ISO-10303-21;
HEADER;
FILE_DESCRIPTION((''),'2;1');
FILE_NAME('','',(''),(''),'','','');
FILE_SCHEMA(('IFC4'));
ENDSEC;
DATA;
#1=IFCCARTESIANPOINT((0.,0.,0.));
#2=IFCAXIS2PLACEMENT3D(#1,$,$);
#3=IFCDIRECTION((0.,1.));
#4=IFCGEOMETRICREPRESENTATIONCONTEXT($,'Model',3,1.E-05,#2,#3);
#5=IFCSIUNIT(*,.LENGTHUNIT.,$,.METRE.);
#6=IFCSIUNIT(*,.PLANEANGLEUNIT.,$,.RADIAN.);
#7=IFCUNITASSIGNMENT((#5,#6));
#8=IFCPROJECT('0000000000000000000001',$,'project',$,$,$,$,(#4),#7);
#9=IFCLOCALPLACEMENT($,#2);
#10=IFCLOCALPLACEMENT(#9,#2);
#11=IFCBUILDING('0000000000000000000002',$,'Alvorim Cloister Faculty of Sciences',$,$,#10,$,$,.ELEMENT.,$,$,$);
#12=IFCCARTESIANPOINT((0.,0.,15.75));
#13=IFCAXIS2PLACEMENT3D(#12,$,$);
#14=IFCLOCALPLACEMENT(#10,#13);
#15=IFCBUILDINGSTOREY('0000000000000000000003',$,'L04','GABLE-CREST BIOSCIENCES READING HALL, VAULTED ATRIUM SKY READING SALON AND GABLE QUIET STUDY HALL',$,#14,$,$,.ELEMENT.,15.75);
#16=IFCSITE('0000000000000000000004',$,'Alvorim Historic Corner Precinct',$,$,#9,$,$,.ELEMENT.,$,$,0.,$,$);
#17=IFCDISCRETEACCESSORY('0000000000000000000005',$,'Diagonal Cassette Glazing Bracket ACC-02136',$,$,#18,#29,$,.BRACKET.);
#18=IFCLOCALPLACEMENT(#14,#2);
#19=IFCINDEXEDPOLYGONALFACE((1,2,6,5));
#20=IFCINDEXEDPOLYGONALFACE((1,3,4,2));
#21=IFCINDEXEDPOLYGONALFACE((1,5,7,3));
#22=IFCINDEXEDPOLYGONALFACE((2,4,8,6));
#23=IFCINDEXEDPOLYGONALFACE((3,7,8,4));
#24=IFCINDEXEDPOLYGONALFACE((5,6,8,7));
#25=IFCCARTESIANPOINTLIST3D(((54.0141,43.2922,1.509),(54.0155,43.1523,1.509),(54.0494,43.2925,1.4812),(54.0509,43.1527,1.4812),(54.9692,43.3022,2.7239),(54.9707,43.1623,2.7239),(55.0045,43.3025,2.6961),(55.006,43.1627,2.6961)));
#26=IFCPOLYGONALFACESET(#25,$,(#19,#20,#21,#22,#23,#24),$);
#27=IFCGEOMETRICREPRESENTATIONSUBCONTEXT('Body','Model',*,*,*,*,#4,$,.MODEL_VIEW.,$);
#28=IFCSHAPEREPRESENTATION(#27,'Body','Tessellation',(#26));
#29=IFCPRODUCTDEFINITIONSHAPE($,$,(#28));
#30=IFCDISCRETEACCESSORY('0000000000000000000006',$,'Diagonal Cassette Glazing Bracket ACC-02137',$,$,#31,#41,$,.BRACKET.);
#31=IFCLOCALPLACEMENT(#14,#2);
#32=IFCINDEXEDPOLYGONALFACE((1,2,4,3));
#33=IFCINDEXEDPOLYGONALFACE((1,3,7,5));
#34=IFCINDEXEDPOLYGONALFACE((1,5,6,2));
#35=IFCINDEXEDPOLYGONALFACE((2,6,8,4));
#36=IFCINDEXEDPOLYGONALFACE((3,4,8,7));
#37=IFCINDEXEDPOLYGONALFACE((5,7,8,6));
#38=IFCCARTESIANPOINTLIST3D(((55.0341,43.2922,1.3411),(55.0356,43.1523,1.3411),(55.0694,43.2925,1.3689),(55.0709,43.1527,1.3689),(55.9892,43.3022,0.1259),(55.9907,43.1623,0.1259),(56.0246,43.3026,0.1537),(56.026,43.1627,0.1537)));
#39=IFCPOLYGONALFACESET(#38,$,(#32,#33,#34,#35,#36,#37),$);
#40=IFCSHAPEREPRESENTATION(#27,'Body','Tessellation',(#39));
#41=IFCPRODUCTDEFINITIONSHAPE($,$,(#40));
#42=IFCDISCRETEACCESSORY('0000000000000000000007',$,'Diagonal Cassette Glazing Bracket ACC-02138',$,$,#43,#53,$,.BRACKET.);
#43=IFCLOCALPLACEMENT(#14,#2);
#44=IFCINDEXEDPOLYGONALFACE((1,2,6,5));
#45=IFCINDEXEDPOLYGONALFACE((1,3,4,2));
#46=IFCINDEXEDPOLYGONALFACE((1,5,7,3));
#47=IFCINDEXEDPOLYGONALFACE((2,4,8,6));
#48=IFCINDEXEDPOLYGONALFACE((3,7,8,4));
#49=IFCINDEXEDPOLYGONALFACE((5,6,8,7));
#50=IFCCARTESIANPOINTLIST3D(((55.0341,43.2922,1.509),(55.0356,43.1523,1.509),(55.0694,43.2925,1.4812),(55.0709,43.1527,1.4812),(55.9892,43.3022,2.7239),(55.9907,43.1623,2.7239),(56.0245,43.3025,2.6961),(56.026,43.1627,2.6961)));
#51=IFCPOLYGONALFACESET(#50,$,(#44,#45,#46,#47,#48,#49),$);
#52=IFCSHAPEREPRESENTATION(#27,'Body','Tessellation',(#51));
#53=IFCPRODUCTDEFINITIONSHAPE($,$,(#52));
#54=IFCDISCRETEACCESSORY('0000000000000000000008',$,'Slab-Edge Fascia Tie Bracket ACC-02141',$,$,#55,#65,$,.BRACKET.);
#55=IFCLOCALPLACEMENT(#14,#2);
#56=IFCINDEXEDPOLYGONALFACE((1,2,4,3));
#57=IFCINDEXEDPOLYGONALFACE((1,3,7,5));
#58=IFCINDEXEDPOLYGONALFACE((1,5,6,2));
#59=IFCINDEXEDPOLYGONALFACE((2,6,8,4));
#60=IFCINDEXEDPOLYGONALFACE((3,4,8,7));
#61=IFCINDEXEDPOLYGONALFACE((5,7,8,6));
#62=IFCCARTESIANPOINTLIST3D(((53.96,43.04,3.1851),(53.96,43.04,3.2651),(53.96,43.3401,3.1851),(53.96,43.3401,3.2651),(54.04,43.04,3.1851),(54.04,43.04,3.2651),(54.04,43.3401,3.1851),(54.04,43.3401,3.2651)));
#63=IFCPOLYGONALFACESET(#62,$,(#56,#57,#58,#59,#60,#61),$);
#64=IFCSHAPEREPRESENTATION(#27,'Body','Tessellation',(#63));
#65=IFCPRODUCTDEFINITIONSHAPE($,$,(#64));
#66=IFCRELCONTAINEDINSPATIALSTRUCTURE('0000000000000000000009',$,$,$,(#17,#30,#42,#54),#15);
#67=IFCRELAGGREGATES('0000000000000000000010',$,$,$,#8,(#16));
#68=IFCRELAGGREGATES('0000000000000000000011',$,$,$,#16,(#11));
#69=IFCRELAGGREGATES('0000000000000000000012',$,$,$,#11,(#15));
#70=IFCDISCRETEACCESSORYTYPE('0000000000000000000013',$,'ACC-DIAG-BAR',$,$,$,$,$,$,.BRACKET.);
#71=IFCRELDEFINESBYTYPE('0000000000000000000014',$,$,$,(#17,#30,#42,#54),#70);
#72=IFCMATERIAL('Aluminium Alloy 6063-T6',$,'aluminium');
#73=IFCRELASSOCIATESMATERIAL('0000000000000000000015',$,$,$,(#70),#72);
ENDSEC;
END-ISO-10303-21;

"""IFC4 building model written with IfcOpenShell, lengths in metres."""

from ifc_helpers import new_model, si_unit, direction, frame, origin, origin_2d, place, context, subcontext, project, spatial, rectangle, extrude, material, type_object, element, save


model = new_model("IFC4")

# Units and contexts
model_context = context("Model", 3, precision=1e-05, world=origin(), true_north=direction((0.0, 1.0)))
body_context = subcontext(model_context, "Body", "Model", "MODEL_VIEW")
ifc_project = project(units=[si_unit("LENGTHUNIT", "METRE"), si_unit("PLANEANGLEUNIT", "RADIAN")], contexts=[model_context])

# Site, building, storey
site_placement = place(None, origin())
site = spatial("IfcSite", under=ifc_project, at=site_placement, Name="Alvorim Historic Corner Precinct", CompositionType="ELEMENT", RefElevation=0.0)
building_placement = place(site_placement, origin())
building = spatial("IfcBuilding", under=site, at=building_placement, Name="Alvorim Cloister Faculty of Sciences", CompositionType="ELEMENT")
storey_placement = place(building_placement, frame((0.0, 0.0, 15.75)))
storey = spatial("IfcBuildingStorey", under=building, at=storey_placement, Name="L04", Description="GABLE-CREST BIOSCIENCES READING HALL, VAULTED ATRIUM SKY READING SALON AND GABLE QUIET STUDY HALL", CompositionType="ELEMENT", Elevation=15.75)

# Shared definitions
ifc_material_1 = material(Name="Aluminium Alloy 6063-T6", Category="aluminium")

# Discrete accessories
discrete_accessory_type = type_object("IfcDiscreteAccessoryType", Name="ACC-DIAG-BAR", PredefinedType="BRACKET", material=ifc_material_1)
discrete_accessory_1_placement = place(storey_placement, frame((54.0325, 43.2224, 1.4951), z_axis=(0.618032, 0.006477, 0.786126), x_axis=(-0.01048, 0.999945, 0.0)))
element("IfcDiscreteAccessory", 1, at=discrete_accessory_1_placement, inside=storey, type_object=discrete_accessory_type, Name="Diagonal Cassette Glazing Bracket ACC-02136", PredefinedType="BRACKET", context=body_context, shape_type="SweptSolid", body=[
    extrude(rectangle(XDim=0.1399, YDim=0.0449, at=origin_2d()), origin(), (0.0, 0.0, 1.0), 1.5454),
])
discrete_accessory_2_placement = place(storey_placement, frame((55.0525, 43.2224, 1.355), z_axis=(0.617955, 0.006477, -0.786187), x_axis=(-0.01048, 0.999945, 0.0)))
element("IfcDiscreteAccessory", 2, at=discrete_accessory_2_placement, inside=storey, type_object=discrete_accessory_type, Name="Diagonal Cassette Glazing Bracket ACC-02137", PredefinedType="BRACKET", context=body_context, shape_type="SweptSolid", body=[
    extrude(rectangle(XDim=0.1399, YDim=0.0449, at=origin_2d()), origin(), (0.0, 0.0, 1.0), 1.5457),
])
discrete_accessory_3_placement = place(storey_placement, frame((55.0525, 43.2224, 1.4951), z_axis=(0.618032, 0.006477, 0.786126), x_axis=(-0.01048, 0.999945, 0.0)))
element("IfcDiscreteAccessory", 3, at=discrete_accessory_3_placement, inside=storey, type_object=discrete_accessory_type, Name="Diagonal Cassette Glazing Bracket ACC-02138", PredefinedType="BRACKET", context=body_context, shape_type="SweptSolid", body=[
    extrude(rectangle(XDim=0.1399, YDim=0.0449, at=origin_2d()), origin(), (0.0, 0.0, 1.0), 1.5454),
])
discrete_accessory_4_placement = place(storey_placement, frame((54.0, 43.3401, 3.2251), z_axis=(0.0, -1.0, 0.0), x_axis=(1.0, 0.0, 0.0)))
element("IfcDiscreteAccessory", 4, at=discrete_accessory_4_placement, inside=storey, type_object=discrete_accessory_type, Name="Slab-Edge Fascia Tie Bracket ACC-02141", PredefinedType="BRACKET", context=body_context, shape_type="SweptSolid", body=[
    extrude(rectangle(XDim=0.0801, YDim=0.0801, at=origin_2d()), origin(), (0.0, 0.0, 1.0), 0.3),
])

save(model, "model.ifc")
